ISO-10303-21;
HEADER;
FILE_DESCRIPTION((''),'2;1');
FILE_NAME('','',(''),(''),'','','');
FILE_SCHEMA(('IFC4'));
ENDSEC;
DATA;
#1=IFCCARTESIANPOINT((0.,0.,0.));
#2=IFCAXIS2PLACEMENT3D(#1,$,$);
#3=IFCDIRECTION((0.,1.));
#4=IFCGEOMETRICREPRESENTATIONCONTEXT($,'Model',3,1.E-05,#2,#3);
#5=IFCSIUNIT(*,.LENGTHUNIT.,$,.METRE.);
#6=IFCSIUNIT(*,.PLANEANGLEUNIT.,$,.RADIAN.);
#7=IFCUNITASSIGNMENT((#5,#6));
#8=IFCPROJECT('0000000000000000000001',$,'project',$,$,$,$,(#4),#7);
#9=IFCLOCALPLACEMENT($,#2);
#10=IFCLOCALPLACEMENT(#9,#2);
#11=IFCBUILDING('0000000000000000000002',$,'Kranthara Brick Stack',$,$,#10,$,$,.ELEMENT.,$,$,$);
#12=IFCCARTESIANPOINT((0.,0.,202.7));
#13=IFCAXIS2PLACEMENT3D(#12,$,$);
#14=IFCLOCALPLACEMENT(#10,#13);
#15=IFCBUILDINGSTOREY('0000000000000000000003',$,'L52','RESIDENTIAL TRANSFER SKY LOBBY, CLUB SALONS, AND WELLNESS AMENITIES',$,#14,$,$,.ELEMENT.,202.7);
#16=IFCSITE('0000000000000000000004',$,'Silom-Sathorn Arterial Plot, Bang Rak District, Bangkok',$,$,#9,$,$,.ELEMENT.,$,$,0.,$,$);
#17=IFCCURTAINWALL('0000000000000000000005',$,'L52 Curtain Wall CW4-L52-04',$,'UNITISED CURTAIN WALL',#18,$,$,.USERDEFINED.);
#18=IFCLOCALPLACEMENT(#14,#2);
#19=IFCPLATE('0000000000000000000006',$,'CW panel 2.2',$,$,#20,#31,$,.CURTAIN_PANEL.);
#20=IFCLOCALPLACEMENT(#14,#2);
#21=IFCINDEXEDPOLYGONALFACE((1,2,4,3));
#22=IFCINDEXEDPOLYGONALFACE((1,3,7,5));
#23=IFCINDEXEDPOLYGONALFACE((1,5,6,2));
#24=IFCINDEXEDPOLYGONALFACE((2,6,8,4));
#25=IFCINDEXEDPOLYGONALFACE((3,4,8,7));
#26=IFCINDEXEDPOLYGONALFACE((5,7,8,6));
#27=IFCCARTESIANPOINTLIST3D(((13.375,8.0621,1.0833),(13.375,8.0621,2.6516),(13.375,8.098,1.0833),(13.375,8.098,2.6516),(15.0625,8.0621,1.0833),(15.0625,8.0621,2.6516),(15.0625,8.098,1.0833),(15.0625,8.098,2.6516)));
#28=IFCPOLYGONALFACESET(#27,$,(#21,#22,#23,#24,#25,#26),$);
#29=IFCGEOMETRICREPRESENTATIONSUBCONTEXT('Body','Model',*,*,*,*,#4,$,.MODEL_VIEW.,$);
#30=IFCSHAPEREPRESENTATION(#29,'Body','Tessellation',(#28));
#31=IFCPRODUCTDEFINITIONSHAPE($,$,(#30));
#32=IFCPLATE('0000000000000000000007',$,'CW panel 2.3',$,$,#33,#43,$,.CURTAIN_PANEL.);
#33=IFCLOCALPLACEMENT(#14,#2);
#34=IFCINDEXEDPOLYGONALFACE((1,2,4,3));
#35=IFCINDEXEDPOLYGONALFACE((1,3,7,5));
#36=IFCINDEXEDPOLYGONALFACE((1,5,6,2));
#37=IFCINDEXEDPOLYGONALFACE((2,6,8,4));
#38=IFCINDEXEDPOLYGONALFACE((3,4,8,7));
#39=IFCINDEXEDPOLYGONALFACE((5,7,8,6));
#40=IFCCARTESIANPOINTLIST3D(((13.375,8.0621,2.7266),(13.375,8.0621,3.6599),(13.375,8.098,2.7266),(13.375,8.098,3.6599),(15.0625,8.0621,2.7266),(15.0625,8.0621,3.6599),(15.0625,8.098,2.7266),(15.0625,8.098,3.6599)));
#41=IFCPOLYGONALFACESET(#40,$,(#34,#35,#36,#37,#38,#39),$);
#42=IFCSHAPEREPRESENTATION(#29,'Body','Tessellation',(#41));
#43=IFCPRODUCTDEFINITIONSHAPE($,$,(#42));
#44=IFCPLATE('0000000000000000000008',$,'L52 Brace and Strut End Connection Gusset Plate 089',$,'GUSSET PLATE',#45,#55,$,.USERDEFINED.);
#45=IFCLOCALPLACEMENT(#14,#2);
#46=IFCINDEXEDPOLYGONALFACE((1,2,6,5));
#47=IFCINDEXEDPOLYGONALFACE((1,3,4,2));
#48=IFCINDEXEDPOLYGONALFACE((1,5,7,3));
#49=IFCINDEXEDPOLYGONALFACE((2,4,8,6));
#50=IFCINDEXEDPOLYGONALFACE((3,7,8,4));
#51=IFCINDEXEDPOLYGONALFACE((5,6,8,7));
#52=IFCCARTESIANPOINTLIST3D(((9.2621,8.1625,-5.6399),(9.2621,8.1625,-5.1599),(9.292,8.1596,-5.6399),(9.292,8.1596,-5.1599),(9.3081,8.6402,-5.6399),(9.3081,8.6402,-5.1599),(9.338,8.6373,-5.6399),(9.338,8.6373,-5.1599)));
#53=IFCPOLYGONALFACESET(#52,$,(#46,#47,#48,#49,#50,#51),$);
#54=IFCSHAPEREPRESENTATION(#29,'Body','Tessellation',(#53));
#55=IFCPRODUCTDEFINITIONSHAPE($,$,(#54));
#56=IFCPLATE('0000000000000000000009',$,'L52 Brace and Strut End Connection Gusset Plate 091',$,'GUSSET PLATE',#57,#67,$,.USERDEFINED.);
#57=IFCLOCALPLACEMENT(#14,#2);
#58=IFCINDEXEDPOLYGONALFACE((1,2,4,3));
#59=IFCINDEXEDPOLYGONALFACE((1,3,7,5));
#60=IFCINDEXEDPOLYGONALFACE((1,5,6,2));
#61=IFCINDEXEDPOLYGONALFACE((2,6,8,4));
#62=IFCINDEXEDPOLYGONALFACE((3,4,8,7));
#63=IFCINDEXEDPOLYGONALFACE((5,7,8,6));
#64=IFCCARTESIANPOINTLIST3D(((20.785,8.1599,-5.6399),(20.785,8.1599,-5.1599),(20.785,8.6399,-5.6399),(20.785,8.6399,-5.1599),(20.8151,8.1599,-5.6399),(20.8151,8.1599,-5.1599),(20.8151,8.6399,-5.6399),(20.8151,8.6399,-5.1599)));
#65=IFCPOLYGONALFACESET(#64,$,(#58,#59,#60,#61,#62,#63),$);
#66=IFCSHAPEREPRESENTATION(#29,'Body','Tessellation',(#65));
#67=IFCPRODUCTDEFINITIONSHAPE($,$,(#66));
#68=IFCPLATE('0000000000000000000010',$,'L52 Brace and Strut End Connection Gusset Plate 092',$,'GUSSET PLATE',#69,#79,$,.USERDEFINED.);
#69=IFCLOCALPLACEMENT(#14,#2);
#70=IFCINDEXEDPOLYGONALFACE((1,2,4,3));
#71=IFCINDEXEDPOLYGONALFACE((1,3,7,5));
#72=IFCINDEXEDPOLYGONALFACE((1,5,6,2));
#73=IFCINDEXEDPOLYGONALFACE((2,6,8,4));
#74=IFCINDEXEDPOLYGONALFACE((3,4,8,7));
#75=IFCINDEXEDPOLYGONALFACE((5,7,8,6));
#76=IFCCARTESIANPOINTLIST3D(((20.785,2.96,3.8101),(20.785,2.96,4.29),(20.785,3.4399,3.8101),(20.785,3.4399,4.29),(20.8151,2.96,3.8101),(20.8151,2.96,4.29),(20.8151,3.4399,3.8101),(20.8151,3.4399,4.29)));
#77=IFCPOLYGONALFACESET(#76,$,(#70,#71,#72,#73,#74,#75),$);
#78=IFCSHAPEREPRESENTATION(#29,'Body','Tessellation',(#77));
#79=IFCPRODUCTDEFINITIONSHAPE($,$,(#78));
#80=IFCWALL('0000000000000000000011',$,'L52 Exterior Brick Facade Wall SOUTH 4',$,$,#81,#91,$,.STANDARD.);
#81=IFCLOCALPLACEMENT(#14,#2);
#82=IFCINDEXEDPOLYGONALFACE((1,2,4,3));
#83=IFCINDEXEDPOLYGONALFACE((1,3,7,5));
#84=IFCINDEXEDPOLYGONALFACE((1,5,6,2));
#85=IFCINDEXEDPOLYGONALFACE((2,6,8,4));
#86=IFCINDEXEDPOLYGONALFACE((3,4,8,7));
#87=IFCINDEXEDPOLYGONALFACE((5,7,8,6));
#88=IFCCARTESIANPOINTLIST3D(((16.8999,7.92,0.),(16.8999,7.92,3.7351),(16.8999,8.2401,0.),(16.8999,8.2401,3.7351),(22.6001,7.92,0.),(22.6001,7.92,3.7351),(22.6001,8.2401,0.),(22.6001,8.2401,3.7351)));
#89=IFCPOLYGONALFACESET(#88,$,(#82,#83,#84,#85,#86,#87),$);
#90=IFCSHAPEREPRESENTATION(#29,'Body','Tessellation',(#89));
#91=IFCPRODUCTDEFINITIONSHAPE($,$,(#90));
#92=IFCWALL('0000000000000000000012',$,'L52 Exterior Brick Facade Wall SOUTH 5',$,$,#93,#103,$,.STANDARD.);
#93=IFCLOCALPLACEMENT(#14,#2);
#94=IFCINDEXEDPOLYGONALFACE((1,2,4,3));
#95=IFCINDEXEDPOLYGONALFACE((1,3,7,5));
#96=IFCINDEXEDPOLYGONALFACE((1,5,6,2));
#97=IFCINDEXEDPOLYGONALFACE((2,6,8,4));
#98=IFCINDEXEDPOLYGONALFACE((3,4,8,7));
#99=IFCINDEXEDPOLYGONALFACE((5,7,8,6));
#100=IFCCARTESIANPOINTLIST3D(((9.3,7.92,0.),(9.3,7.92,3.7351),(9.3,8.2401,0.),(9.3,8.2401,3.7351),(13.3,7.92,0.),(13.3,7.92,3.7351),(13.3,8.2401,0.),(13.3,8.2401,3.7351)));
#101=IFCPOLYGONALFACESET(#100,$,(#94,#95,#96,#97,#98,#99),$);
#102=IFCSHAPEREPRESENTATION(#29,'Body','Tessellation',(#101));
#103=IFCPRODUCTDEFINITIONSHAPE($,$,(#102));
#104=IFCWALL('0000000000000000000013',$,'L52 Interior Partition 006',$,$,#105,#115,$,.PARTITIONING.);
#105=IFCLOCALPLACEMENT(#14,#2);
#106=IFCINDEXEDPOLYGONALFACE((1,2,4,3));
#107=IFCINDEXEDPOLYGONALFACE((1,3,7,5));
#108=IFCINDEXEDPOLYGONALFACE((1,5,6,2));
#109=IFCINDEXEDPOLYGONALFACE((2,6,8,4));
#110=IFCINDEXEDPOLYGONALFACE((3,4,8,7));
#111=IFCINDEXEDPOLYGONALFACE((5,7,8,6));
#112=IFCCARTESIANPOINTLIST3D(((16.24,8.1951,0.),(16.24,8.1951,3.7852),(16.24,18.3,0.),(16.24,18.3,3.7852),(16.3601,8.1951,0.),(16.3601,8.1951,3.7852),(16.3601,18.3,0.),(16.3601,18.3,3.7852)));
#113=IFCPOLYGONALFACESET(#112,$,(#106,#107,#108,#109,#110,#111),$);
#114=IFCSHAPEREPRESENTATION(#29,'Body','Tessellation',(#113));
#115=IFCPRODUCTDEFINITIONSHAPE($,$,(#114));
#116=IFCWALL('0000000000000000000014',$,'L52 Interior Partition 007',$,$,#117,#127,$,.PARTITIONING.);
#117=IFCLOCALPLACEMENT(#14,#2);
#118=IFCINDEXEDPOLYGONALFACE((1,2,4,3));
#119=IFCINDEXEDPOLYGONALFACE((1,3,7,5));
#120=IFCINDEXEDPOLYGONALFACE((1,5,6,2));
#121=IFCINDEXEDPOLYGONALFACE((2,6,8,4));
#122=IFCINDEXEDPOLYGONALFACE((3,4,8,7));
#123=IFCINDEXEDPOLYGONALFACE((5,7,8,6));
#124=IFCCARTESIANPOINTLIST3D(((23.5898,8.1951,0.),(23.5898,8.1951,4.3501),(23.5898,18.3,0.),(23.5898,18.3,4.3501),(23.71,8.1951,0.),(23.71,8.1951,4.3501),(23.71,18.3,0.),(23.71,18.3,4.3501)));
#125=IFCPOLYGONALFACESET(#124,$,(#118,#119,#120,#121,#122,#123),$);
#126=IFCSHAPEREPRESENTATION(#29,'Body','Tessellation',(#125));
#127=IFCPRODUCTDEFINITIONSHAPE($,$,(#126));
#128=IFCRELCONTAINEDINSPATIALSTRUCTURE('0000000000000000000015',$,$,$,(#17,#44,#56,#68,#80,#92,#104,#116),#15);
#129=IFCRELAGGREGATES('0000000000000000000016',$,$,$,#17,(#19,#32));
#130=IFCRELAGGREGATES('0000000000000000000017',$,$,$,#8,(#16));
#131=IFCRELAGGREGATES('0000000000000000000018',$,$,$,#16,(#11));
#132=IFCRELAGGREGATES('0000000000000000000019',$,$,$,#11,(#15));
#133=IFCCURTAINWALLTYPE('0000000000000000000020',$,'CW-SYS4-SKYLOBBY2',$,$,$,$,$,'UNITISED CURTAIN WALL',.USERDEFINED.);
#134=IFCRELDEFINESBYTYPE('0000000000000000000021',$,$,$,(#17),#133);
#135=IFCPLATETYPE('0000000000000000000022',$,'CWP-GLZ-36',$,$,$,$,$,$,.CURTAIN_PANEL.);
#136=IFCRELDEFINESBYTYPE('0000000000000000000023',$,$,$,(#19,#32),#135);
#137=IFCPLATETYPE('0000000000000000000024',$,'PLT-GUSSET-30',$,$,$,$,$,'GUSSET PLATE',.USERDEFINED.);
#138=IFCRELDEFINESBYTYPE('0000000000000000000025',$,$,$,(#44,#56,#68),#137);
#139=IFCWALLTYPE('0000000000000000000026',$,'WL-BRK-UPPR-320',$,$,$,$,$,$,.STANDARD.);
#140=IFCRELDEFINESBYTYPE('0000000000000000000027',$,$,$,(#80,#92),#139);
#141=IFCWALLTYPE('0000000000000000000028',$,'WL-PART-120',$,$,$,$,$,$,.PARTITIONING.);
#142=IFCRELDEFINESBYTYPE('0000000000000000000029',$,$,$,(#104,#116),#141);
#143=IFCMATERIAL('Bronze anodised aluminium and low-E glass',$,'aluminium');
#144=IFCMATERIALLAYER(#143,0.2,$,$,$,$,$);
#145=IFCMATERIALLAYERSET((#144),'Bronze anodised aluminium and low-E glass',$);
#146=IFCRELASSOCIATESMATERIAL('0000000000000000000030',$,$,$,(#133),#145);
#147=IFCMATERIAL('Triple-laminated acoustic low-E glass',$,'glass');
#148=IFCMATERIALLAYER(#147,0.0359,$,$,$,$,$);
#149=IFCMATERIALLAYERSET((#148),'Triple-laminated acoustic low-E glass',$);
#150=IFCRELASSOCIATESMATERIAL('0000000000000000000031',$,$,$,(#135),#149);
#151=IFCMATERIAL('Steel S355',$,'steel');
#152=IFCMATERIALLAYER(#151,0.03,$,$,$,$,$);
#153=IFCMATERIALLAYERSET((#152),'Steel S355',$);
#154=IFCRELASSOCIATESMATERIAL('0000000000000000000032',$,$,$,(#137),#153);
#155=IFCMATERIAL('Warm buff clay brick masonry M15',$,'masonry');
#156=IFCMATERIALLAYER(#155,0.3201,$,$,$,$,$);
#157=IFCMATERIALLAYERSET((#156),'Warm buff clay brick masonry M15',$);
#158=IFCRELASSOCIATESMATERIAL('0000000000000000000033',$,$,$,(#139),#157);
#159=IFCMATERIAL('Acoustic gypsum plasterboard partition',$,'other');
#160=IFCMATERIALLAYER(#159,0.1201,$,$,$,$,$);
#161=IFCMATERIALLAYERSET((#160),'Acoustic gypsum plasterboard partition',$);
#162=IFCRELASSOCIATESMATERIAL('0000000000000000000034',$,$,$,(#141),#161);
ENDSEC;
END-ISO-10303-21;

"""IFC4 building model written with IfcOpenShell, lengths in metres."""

from ifc_helpers import new_model, si_unit, direction, frame, frame_2d, origin, origin_2d, place, context, subcontext, project, spatial, rectangle, extrude, material, layer, layer_set, type_object, element, aggregate, save


model = new_model("IFC4")

# Units and contexts
model_context = context("Model", 3, precision=1e-05, world=origin(), true_north=direction((0.0, 1.0)))
body_context = subcontext(model_context, "Body", "Model", "MODEL_VIEW")
ifc_project = project(units=[si_unit("LENGTHUNIT", "METRE"), si_unit("PLANEANGLEUNIT", "RADIAN")], contexts=[model_context])

# Site, building, storey
site_placement = place(None, origin())
site = spatial("IfcSite", under=ifc_project, at=site_placement, Name="Silom-Sathorn Arterial Plot, Bang Rak District, Bangkok", CompositionType="ELEMENT", RefElevation=0.0)
building_placement = place(site_placement, origin())
building = spatial("IfcBuilding", under=site, at=building_placement, Name="Kranthara Brick Stack", CompositionType="ELEMENT")
storey_placement = place(building_placement, frame((0.0, 0.0, 202.7)))
storey = spatial("IfcBuildingStorey", under=building, at=storey_placement, Name="L52", Description="RESIDENTIAL TRANSFER SKY LOBBY, CLUB SALONS, AND WELLNESS AMENITIES", CompositionType="ELEMENT", Elevation=202.7)

# Shared definitions
ifc_material_1 = material(Name="Bronze anodised aluminium and low-E glass", Category="aluminium")
ifc_layer_1 = layer(ifc_material_1, 0.2)
ifc_layer_set_1 = layer_set([ifc_layer_1], Name="Bronze anodised aluminium and low-E glass")
curtain_wall_type = type_object("IfcCurtainWallType", Name="CW-SYS4-SKYLOBBY2", ElementType="UNITISED CURTAIN WALL", PredefinedType="USERDEFINED", material=ifc_layer_set_1)

# Curtain wall
curtain_wall_1_placement = place(storey_placement, origin())
curtain_wall_1 = element("IfcCurtainWall", 1, at=curtain_wall_1_placement, inside=storey, type_object=curtain_wall_type, Name="L52 Curtain Wall CW4-L52-04", ObjectType="UNITISED CURTAIN WALL", PredefinedType="USERDEFINED")

# Plates
ifc_material_2 = material(Name="Triple-laminated acoustic low-E glass", Category="glass")
ifc_layer_2 = layer(ifc_material_2, 0.0359)
ifc_layer_set_2 = layer_set([ifc_layer_2], Name="Triple-laminated acoustic low-E glass")
plate_type_1 = type_object("IfcPlateType", Name="CWP-GLZ-36", PredefinedType="CURTAIN_PANEL", material=ifc_layer_set_2)
plate_1_placement = place(storey_placement, frame((14.2188, 8.0801, 1.0833), z_axis=(0.0, 0.0, 1.0), x_axis=(-1.0, 0.0, 0.0)))
plate_1 = element("IfcPlate", 2, at=plate_1_placement, type_object=plate_type_1, Name="CW panel 2.2", PredefinedType="CURTAIN_PANEL", context=body_context, shape_type="SweptSolid", body=[
    extrude(rectangle(XDim=1.6875, YDim=0.0359, at=origin_2d()), origin(), (0.0, 0.0, 1.0), 1.5684),
])
plate_2_placement = place(storey_placement, frame((14.2188, 8.0801, 2.7266), z_axis=(0.0, 0.0, 1.0), x_axis=(-1.0, 0.0, 0.0)))
plate_2 = element("IfcPlate", 3, at=plate_2_placement, type_object=plate_type_1, Name="CW panel 2.3", PredefinedType="CURTAIN_PANEL", context=body_context, shape_type="SweptSolid", body=[
    extrude(rectangle(XDim=1.6875, YDim=0.0359, at=origin_2d()), origin(), (0.0, 0.0, 1.0), 0.9333),
])
aggregate(curtain_wall_1, [plate_1, plate_2])

# Plates
ifc_material_3 = material(Name="Steel S355", Category="steel")
ifc_layer_3 = layer(ifc_material_3, 0.03)
ifc_layer_set_3 = layer_set([ifc_layer_3], Name="Steel S355")
plate_type_2 = type_object("IfcPlateType", Name="PLT-GUSSET-30", ElementType="GUSSET PLATE", PredefinedType="USERDEFINED", material=ifc_layer_set_3)
for number, where, z_axis, x_axis, name in (
    (4, (9.3, 8.3999, -5.6399), (0.0, 0.0, 1.0), (0.095846, 0.995396, 0.0), "L52 Brace and Strut End Connection Gusset Plate 089"),
    (5, (20.8, 8.3999, -5.6399), (0.0, 0.0, 1.0), (0.0, 1.0, 0.0), "L52 Brace and Strut End Connection Gusset Plate 091"),
    (6, (20.8, 3.2, 3.8101), (0.0, 0.0, 1.0), (0.0, 1.0, 0.0), "L52 Brace and Strut End Connection Gusset Plate 092"),
):
    element("IfcPlate", number, at=place(storey_placement, frame(where, z_axis=z_axis, x_axis=x_axis)), inside=storey, type_object=plate_type_2, Name=name, ObjectType="GUSSET PLATE", PredefinedType="USERDEFINED", context=body_context, shape_type="SweptSolid", body=[
        extrude(rectangle(XDim=0.48, YDim=0.03, at=origin_2d()), origin(), (0.0, 0.0, 1.0), 0.48),
    ])

# Walls
ifc_material_4 = material(Name="Warm buff clay brick masonry M15", Category="masonry")
ifc_layer_4 = layer(ifc_material_4, 0.3201)
ifc_layer_set_4 = layer_set([ifc_layer_4], Name="Warm buff clay brick masonry M15")
wall_type_1 = type_object("IfcWallType", Name="WL-BRK-UPPR-320", PredefinedType="STANDARD", material=ifc_layer_set_4)
wall_1_placement = place(storey_placement, frame((22.6001, 8.0801, 0.0), z_axis=(0.0, 0.0, 1.0), x_axis=(-1.0, 0.0, 0.0)))
element("IfcWall", 7, at=wall_1_placement, inside=storey, type_object=wall_type_1, Name="L52 Exterior Brick Facade Wall SOUTH 4", PredefinedType="STANDARD", context=body_context, shape_type="SweptSolid", body=[
    extrude(rectangle(XDim=5.7002, YDim=0.3201, at=frame_2d((2.8501, 0.0))), origin(), (0.0, 0.0, 1.0), 3.7351),
])
wall_2_placement = place(storey_placement, frame((13.3, 8.0801, 0.0), z_axis=(0.0, 0.0, 1.0), x_axis=(-1.0, 0.0, 0.0)))
element("IfcWall", 8, at=wall_2_placement, inside=storey, type_object=wall_type_1, Name="L52 Exterior Brick Facade Wall SOUTH 5", PredefinedType="STANDARD", context=body_context, shape_type="SweptSolid", body=[
    extrude(rectangle(XDim=4.0, YDim=0.3201, at=frame_2d((2.0, 0.0))), origin(), (0.0, 0.0, 1.0), 3.7351),
])
ifc_material_5 = material(Name="Acoustic gypsum plasterboard partition", Category="other")
ifc_layer_5 = layer(ifc_material_5, 0.1201)
ifc_layer_set_5 = layer_set([ifc_layer_5], Name="Acoustic gypsum plasterboard partition")
wall_type_2 = type_object("IfcWallType", Name="WL-PART-120", PredefinedType="PARTITIONING", material=ifc_layer_set_5)
wall_3_placement = place(storey_placement, frame((16.3, 8.1951, 0.0), z_axis=(0.0, 0.0, 1.0), x_axis=(0.0, 1.0, 0.0)))
element("IfcWall", 9, at=wall_3_placement, inside=storey, type_object=wall_type_2, Name="L52 Interior Partition 006", PredefinedType="PARTITIONING", context=body_context, shape_type="SweptSolid", body=[
    extrude(rectangle(XDim=10.105, YDim=0.1201, at=frame_2d((5.0525, 0.0))), origin(), (0.0, 0.0, 1.0), 3.7852),
])
wall_4_placement = place(storey_placement, frame((23.6499, 8.1951, 0.0), z_axis=(0.0, 0.0, 1.0), x_axis=(0.0, 1.0, 0.0)))
element("IfcWall", 10, at=wall_4_placement, inside=storey, type_object=wall_type_2, Name="L52 Interior Partition 007", PredefinedType="PARTITIONING", context=body_context, shape_type="SweptSolid", body=[
    extrude(rectangle(XDim=10.105, YDim=0.1201, at=frame_2d((5.0525, 0.0))), origin(), (0.0, 0.0, 1.0), 4.3501),
])

save(model, "model.ifc")
